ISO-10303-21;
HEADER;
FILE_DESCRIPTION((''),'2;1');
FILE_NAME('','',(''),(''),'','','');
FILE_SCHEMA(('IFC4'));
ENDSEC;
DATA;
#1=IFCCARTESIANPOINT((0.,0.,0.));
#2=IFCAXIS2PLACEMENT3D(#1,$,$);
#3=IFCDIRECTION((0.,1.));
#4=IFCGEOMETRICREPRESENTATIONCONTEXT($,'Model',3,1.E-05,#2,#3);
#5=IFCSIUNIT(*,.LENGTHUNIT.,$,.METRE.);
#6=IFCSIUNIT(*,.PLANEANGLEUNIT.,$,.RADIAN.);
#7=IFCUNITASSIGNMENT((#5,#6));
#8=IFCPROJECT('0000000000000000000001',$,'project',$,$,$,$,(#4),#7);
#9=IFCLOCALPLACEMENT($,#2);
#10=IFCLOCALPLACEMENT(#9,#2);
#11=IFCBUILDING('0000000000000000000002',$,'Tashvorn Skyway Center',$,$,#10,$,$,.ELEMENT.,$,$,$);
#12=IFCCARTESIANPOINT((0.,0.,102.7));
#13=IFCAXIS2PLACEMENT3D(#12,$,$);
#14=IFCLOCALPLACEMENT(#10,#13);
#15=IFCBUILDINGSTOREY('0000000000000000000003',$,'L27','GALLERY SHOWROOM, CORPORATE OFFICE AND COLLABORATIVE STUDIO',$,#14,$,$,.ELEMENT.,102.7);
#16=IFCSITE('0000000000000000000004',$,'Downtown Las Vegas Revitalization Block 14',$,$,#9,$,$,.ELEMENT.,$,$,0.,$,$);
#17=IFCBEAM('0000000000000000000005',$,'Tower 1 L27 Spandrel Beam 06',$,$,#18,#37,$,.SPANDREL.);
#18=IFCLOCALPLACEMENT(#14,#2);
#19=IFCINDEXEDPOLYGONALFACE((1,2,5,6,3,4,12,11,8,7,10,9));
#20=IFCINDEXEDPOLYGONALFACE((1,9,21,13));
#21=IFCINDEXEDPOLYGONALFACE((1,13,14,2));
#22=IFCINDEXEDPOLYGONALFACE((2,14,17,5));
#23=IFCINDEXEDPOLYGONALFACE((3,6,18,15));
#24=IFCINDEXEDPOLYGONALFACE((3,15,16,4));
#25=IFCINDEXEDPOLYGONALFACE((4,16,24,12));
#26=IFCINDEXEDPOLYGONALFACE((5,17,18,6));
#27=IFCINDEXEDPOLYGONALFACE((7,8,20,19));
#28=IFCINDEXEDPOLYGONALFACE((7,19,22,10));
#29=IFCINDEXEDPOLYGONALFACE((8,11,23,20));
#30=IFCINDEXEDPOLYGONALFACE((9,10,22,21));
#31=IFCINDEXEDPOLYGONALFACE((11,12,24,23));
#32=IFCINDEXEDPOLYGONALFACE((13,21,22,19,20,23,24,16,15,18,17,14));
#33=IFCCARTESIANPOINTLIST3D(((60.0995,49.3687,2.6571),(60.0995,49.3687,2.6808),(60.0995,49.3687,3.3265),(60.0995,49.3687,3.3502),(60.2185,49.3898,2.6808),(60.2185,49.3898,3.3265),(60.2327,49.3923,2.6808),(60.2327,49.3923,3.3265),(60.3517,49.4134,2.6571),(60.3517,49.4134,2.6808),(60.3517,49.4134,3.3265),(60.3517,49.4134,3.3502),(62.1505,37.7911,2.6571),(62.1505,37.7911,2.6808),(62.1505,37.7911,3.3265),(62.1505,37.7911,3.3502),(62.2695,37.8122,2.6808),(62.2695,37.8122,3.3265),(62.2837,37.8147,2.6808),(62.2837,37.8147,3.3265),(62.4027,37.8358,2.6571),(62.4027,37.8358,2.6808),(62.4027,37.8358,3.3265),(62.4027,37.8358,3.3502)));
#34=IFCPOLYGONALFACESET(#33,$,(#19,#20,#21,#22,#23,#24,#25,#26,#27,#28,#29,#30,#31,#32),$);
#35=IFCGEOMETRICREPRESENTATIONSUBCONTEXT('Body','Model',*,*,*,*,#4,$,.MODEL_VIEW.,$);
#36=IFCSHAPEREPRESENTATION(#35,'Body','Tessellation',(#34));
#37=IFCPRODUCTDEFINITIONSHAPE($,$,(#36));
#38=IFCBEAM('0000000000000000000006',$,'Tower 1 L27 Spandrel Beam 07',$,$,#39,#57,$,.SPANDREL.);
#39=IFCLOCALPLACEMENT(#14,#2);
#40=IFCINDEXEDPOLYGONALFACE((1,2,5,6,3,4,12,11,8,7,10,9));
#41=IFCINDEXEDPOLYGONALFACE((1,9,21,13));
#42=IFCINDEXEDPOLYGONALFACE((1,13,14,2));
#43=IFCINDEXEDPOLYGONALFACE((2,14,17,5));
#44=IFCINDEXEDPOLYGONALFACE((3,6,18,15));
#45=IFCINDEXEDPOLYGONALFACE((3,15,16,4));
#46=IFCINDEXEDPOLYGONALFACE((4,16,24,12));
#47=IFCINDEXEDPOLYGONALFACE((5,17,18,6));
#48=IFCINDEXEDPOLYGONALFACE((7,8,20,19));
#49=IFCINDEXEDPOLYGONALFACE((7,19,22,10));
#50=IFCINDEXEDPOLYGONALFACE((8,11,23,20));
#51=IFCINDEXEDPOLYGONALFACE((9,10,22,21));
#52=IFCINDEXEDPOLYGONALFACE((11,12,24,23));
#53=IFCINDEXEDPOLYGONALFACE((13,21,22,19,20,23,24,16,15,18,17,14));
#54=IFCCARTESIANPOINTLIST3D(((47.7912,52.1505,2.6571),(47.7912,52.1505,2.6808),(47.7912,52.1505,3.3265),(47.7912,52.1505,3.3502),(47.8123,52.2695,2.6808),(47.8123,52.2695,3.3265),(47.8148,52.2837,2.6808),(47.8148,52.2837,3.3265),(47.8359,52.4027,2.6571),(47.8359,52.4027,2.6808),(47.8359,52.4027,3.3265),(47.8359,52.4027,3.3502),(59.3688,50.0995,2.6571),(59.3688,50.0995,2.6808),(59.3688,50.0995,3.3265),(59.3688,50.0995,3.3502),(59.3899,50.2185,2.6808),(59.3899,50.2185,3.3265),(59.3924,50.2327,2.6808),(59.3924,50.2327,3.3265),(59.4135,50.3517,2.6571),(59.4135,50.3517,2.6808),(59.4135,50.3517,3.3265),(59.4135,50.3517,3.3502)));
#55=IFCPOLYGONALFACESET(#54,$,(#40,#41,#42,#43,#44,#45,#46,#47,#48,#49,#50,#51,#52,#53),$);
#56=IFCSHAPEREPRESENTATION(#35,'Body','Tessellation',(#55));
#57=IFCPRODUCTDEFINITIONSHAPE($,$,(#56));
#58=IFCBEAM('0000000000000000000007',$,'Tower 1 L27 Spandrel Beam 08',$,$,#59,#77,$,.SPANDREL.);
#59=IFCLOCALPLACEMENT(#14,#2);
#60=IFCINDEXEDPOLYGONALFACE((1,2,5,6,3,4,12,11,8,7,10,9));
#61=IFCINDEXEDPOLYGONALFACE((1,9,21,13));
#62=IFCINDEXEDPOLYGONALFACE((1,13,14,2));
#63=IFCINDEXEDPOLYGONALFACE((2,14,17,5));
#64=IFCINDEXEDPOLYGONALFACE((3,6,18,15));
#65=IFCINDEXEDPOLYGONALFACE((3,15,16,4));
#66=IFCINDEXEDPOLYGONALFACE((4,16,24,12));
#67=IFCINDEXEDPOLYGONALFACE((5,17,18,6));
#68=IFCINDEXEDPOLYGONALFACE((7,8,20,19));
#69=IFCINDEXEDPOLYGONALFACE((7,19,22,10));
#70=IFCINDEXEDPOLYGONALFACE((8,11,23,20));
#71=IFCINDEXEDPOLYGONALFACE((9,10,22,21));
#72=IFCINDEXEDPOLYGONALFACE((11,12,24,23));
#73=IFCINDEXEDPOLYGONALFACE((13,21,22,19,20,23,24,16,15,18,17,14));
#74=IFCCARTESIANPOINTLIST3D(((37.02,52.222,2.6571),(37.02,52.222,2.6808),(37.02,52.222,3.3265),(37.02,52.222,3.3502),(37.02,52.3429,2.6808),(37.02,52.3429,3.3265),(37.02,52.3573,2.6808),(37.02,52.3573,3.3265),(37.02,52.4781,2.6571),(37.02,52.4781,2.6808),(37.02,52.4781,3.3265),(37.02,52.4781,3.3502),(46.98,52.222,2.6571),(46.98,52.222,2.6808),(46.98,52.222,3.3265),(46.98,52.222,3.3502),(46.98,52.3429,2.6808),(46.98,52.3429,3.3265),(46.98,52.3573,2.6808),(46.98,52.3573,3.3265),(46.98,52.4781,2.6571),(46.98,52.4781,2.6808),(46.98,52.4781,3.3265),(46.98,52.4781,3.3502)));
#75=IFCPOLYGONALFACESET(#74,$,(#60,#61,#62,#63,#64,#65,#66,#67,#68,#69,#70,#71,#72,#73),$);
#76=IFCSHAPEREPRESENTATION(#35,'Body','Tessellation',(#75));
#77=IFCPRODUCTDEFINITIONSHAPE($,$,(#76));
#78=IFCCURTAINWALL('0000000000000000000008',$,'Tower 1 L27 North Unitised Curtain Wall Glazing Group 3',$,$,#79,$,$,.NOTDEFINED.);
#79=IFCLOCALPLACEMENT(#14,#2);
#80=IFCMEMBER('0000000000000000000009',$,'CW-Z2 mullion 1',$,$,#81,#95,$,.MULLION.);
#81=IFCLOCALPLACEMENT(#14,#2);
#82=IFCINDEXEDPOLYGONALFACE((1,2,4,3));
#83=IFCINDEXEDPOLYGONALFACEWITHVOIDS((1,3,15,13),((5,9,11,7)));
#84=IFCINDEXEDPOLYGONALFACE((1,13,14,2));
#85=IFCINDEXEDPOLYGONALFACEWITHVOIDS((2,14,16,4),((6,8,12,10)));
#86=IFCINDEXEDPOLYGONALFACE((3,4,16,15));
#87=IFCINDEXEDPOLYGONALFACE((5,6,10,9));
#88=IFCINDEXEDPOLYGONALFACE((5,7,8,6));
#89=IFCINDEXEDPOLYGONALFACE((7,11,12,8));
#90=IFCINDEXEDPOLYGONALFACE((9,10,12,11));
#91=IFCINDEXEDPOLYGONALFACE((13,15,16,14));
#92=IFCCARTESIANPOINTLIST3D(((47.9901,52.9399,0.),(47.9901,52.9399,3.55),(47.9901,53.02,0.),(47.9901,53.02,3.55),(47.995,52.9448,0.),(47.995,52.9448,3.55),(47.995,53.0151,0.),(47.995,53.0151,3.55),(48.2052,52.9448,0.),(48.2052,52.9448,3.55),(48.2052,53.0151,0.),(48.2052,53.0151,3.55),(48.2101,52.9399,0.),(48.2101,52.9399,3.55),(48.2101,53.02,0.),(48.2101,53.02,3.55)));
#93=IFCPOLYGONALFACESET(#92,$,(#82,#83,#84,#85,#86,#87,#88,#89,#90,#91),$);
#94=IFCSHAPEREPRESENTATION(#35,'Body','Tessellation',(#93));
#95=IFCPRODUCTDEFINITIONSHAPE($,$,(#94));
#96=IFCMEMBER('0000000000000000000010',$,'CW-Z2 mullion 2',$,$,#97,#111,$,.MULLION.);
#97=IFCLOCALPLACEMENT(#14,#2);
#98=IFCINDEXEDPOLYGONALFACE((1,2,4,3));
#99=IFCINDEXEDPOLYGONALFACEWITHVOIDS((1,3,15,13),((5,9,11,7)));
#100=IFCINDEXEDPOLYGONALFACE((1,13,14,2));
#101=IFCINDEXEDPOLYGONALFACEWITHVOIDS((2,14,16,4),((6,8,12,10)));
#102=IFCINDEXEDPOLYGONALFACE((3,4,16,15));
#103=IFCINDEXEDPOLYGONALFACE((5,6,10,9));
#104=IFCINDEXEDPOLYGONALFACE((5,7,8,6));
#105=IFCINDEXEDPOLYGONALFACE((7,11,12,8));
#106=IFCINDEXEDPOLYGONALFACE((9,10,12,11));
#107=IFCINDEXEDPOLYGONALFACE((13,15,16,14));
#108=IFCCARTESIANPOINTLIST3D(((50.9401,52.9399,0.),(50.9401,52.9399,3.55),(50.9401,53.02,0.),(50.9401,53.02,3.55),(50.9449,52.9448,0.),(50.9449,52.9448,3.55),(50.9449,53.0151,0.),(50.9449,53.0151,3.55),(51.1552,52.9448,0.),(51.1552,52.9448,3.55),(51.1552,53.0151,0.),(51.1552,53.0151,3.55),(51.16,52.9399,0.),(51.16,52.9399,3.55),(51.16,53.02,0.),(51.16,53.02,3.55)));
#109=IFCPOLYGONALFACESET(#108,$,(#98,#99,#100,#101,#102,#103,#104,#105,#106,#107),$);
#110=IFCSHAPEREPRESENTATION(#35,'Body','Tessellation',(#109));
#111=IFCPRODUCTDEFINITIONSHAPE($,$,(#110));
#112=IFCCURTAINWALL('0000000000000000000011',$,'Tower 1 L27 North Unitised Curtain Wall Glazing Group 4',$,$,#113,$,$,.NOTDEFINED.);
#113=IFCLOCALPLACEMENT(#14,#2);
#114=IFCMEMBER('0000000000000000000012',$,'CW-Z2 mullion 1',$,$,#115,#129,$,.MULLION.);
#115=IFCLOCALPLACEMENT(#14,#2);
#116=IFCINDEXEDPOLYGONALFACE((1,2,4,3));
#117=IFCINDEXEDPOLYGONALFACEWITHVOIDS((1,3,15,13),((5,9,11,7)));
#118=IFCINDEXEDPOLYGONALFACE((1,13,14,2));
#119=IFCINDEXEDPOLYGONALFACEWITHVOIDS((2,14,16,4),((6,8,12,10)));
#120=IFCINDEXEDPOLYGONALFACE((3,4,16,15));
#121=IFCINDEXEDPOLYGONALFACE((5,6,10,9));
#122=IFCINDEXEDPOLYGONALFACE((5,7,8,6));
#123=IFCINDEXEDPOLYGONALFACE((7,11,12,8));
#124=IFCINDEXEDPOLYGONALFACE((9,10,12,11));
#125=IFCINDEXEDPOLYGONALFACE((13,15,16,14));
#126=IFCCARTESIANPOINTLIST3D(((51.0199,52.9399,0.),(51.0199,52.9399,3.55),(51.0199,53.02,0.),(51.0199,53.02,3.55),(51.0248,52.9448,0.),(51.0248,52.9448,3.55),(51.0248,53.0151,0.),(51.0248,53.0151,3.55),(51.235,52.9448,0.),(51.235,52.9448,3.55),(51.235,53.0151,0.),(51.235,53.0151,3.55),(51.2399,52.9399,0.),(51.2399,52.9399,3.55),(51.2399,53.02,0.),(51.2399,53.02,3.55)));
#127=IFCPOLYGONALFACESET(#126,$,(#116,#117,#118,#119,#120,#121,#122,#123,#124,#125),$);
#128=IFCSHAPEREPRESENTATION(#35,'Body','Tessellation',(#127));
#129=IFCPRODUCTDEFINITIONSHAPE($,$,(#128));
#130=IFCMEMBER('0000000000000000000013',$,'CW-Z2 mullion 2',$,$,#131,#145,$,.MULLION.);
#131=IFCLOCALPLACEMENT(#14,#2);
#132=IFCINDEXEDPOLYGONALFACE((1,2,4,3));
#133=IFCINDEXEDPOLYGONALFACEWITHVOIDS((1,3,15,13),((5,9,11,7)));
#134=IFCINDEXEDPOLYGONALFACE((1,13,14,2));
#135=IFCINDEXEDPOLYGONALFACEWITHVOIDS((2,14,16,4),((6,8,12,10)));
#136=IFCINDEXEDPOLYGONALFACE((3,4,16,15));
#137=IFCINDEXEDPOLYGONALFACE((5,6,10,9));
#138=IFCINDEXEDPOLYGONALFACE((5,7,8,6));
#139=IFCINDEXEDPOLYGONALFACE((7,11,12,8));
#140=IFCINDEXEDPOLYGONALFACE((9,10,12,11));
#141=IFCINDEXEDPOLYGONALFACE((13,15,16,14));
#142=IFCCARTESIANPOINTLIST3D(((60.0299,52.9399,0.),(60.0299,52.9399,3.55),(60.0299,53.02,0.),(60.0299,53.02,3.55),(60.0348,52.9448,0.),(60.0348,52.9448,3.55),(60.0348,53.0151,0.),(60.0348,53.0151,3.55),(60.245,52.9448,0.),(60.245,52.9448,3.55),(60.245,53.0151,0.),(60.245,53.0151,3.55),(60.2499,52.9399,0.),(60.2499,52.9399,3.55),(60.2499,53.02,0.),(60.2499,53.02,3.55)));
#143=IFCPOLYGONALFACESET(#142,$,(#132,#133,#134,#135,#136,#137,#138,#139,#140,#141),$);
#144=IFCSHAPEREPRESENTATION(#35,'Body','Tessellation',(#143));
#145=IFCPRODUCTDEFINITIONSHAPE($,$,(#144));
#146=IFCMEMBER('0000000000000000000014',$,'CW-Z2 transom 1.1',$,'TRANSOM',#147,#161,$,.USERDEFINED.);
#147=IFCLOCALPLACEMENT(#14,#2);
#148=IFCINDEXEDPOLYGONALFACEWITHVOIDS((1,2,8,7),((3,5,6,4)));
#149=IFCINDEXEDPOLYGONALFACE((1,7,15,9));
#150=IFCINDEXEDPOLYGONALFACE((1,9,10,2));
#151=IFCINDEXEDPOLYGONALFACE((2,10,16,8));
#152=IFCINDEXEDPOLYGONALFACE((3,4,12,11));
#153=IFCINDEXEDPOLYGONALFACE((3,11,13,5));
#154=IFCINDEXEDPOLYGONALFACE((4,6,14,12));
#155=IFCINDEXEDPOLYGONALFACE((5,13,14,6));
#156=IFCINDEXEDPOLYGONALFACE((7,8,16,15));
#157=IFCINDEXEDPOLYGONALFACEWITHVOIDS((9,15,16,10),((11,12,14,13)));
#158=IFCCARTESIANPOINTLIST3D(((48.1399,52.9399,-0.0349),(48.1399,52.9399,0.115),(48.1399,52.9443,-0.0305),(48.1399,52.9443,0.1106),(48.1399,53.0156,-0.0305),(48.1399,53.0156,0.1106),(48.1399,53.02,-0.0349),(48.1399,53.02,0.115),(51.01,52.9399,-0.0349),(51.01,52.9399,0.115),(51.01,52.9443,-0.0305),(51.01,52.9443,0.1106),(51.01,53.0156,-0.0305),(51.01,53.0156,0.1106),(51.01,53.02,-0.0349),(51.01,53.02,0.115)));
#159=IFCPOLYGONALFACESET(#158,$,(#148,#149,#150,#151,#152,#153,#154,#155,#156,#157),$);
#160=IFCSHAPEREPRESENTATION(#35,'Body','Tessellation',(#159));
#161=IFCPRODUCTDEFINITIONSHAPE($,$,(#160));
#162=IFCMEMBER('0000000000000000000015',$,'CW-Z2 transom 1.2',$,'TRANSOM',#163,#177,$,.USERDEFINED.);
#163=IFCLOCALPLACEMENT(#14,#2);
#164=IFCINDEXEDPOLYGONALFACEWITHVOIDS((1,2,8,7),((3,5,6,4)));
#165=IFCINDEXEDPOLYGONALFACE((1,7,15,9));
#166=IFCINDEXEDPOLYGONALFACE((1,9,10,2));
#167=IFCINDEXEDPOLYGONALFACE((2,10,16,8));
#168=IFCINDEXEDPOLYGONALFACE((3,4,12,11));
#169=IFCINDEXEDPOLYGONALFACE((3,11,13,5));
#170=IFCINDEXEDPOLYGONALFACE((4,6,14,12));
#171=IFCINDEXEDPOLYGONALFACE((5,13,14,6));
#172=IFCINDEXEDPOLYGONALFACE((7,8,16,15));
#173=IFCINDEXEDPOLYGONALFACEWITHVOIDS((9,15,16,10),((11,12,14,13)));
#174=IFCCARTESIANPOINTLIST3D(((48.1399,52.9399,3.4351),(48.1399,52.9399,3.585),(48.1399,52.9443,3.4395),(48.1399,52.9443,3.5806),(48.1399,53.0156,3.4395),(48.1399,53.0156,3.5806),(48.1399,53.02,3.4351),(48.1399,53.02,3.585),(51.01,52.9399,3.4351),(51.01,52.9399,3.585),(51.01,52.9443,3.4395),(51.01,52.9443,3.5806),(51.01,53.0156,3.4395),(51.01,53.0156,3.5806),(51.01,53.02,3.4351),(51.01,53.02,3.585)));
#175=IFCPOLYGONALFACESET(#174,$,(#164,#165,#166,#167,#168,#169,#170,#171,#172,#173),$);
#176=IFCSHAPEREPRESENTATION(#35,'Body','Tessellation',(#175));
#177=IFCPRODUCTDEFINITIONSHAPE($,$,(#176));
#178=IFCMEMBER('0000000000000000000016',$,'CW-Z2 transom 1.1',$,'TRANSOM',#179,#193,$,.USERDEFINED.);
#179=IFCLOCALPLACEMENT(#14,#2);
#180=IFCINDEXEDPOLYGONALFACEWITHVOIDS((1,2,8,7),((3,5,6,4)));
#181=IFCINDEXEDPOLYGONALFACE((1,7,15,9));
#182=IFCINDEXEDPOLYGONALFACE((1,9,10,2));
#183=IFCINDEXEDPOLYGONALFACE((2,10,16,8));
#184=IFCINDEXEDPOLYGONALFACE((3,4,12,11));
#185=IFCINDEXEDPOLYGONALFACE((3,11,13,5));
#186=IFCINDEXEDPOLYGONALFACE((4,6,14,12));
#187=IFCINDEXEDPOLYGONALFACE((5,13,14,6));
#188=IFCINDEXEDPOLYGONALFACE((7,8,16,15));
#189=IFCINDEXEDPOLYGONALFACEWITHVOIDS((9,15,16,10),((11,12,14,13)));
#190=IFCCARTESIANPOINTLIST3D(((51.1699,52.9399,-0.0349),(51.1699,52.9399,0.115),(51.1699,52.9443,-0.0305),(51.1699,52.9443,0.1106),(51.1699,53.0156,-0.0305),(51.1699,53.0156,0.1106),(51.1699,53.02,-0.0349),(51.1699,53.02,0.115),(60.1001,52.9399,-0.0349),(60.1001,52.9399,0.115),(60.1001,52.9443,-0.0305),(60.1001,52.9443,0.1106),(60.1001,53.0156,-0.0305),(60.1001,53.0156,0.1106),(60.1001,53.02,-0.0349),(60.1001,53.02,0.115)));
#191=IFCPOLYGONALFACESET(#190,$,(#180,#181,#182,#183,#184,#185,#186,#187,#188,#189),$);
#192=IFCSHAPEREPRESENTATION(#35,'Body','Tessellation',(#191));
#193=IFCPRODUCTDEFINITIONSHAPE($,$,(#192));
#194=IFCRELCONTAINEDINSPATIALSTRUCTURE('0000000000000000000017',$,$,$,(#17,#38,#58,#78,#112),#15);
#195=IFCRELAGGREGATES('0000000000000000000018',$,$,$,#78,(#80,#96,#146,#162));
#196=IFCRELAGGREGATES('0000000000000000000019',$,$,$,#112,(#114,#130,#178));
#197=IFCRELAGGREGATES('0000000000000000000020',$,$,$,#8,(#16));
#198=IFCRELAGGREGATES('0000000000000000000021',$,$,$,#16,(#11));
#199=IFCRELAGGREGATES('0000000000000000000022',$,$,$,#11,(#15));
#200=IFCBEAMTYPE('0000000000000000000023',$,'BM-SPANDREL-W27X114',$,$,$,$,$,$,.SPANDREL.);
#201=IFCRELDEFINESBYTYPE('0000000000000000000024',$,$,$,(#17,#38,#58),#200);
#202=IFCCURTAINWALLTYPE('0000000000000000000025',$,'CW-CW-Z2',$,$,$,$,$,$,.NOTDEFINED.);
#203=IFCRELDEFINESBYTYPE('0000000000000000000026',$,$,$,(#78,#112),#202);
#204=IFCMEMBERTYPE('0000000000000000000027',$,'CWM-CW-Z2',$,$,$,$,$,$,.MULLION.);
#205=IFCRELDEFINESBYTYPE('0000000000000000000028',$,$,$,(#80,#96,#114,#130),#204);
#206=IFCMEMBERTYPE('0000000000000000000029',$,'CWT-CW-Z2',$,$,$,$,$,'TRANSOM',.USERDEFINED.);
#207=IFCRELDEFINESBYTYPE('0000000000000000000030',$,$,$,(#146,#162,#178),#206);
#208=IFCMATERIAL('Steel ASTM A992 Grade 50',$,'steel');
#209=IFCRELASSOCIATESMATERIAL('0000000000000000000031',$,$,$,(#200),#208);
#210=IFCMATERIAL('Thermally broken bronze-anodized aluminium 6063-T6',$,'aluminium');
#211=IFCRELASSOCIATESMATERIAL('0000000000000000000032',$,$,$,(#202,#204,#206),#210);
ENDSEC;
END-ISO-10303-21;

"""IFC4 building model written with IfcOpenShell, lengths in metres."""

from ifc_helpers import new_model, si_unit, direction, frame, origin, origin_2d, place, context, subcontext, project, spatial, hollow_rectangle, i_section, extrude, material, material_profile, profile_set, type_object, element, aggregate, save


model = new_model("IFC4")

# Units and contexts
model_context = context("Model", 3, precision=1e-05, world=origin(), true_north=direction((0.0, 1.0)))
body_context = subcontext(model_context, "Body", "Model", "MODEL_VIEW")
ifc_project = project(units=[si_unit("LENGTHUNIT", "METRE"), si_unit("PLANEANGLEUNIT", "RADIAN")], contexts=[model_context])

# Site, building, storey
site_placement = place(None, origin())
site = spatial("IfcSite", under=ifc_project, at=site_placement, Name="Downtown Las Vegas Revitalization Block 14", CompositionType="ELEMENT", RefElevation=0.0)
building_placement = place(site_placement, origin())
building = spatial("IfcBuilding", under=site, at=building_placement, Name="Tashvorn Skyway Center", CompositionType="ELEMENT")
storey_placement = place(building_placement, frame((0.0, 0.0, 102.7)))
storey = spatial("IfcBuildingStorey", under=building, at=storey_placement, Name="L27", Description="GALLERY SHOWROOM, CORPORATE OFFICE AND COLLABORATIVE STUDIO", CompositionType="ELEMENT", Elevation=102.7)

# Beams
ifc_material_1 = material(Name="Steel ASTM A992 Grade 50", Category="steel")
ifc_material_profile_1 = material_profile(ifc_material_1, i_section(OverallWidth=0.2561, OverallDepth=0.6931, WebThickness=0.0144, FlangeThickness=0.0237, at=origin_2d()), Name="W27X114")
ifc_profile_set_1 = profile_set([ifc_material_profile_1], Name="Steel ASTM A992 Grade 50")
beam_type_1 = type_object("IfcBeamType", Name="BM-SPANDREL-W27X114", PredefinedType="SPANDREL", material=ifc_profile_set_1)
for number, where, z_axis, x_axis, name in (
    (1, (62.2766, 37.8135, 3.0037), (-0.174438, 0.984668, 0.0), (-0.984668, -0.174438, 0.0), "Tower 1 L27 Spandrel Beam 06"),
    (2, (59.3911, 50.2256, 3.0037), (-0.984668, 0.174438, 0.0), (-0.174438, -0.984668, 0.0), "Tower 1 L27 Spandrel Beam 07"),
):
    element("IfcBeam", number, at=place(storey_placement, frame(where, z_axis=z_axis, x_axis=x_axis)), inside=storey, type_object=beam_type_1, Name=name, PredefinedType="SPANDREL", context=body_context, shape_type="SweptSolid", body=[
        extrude(i_section(OverallWidth=0.2561, OverallDepth=0.6931, WebThickness=0.0144, FlangeThickness=0.0237, at=origin_2d()), origin(), (0.0, 0.0, 1.0), 11.7578),
    ])
beam_1_placement = place(storey_placement, frame((46.98, 52.3501, 3.0037), z_axis=(-1.0, 0.0, 0.0), x_axis=(0.0, -1.0, 0.0)))
element("IfcBeam", 3, at=beam_1_placement, inside=storey, type_object=beam_type_1, Name="Tower 1 L27 Spandrel Beam 08", PredefinedType="SPANDREL", context=body_context, shape_type="SweptSolid", body=[
    extrude(i_section(OverallWidth=0.2561, OverallDepth=0.6931, WebThickness=0.0144, FlangeThickness=0.0237, at=origin_2d()), origin(), (0.0, 0.0, 1.0), 9.96),
])

# Curtain walls, members
ifc_material_2 = material(Name="Thermally broken bronze-anodized aluminium 6063-T6", Category="aluminium")
curtain_wall_type = type_object("IfcCurtainWallType", Name="CW-CW-Z2", PredefinedType="NOTDEFINED", material=ifc_material_2)
curtain_wall_1_placement = place(storey_placement, origin())
curtain_wall_1 = element("IfcCurtainWall", 4, at=curtain_wall_1_placement, inside=storey, type_object=curtain_wall_type, Name="Tower 1 L27 North Unitised Curtain Wall Glazing Group 3", PredefinedType="NOTDEFINED")
ifc_material_profile_2 = material_profile(ifc_material_2, hollow_rectangle(XDim=0.0801, YDim=0.22, WallThickness=0.0049, at=origin_2d()), Name="ALU-MULL-80x220")
ifc_profile_set_2 = profile_set([ifc_material_profile_2], Name="Thermally broken bronze-anodized aluminium 6063-T6")
member_type_1 = type_object("IfcMemberType", Name="CWM-CW-Z2", PredefinedType="MULLION", material=ifc_profile_set_2)
member_1_placement = place(storey_placement, frame((48.1001, 52.98, 0.0), z_axis=(0.0, 0.0, 1.0), x_axis=(0.0, 1.0, 0.0)))
member_1 = element("IfcMember", 5, at=member_1_placement, type_object=member_type_1, Name="CW-Z2 mullion 1", PredefinedType="MULLION", context=body_context, shape_type="SweptSolid", body=[
    extrude(hollow_rectangle(XDim=0.0801, YDim=0.22, WallThickness=0.0049, at=origin_2d()), origin(), (0.0, 0.0, 1.0), 3.55),
])
member_2_placement = place(storey_placement, frame((51.05, 52.98, 0.0), z_axis=(0.0, 0.0, 1.0), x_axis=(0.0, 1.0, 0.0)))
member_2 = element("IfcMember", 6, at=member_2_placement, type_object=member_type_1, Name="CW-Z2 mullion 2", PredefinedType="MULLION", context=body_context, shape_type="SweptSolid", body=[
    extrude(hollow_rectangle(XDim=0.0801, YDim=0.22, WallThickness=0.0049, at=origin_2d()), origin(), (0.0, 0.0, 1.0), 3.55),
])
curtain_wall_2_placement = place(storey_placement, origin())
curtain_wall_2 = element("IfcCurtainWall", 7, at=curtain_wall_2_placement, inside=storey, type_object=curtain_wall_type, Name="Tower 1 L27 North Unitised Curtain Wall Glazing Group 4", PredefinedType="NOTDEFINED")
member_3_placement = place(storey_placement, frame((51.1299, 52.98, 0.0), z_axis=(0.0, 0.0, 1.0), x_axis=(0.0, 1.0, 0.0)))
member_3 = element("IfcMember", 8, at=member_3_placement, type_object=member_type_1, Name="CW-Z2 mullion 1", PredefinedType="MULLION", context=body_context, shape_type="SweptSolid", body=[
    extrude(hollow_rectangle(XDim=0.0801, YDim=0.22, WallThickness=0.0049, at=origin_2d()), origin(), (0.0, 0.0, 1.0), 3.55),
])
member_4_placement = place(storey_placement, frame((60.1399, 52.98, 0.0), z_axis=(0.0, 0.0, 1.0), x_axis=(0.0, 1.0, 0.0)))
member_4 = element("IfcMember", 9, at=member_4_placement, type_object=member_type_1, Name="CW-Z2 mullion 2", PredefinedType="MULLION", context=body_context, shape_type="SweptSolid", body=[
    extrude(hollow_rectangle(XDim=0.0801, YDim=0.22, WallThickness=0.0049, at=origin_2d()), origin(), (0.0, 0.0, 1.0), 3.55),
])

# Members
ifc_material_profile_3 = material_profile(ifc_material_2, hollow_rectangle(XDim=0.0801, YDim=0.1499, WallThickness=0.0044, at=origin_2d()), Name="ALU-TRAN-80x150")
ifc_profile_set_3 = profile_set([ifc_material_profile_3], Name="Thermally broken bronze-anodized aluminium 6063-T6")
member_type_2 = type_object("IfcMemberType", Name="CWT-CW-Z2", ElementType="TRANSOM", PredefinedType="USERDEFINED", material=ifc_profile_set_3)
member_5_placement = place(storey_placement, frame((48.1399, 52.98, 0.04), z_axis=(1.0, 0.0, 0.0), x_axis=(0.0, 1.0, 0.0)))
member_5 = element("IfcMember", 10, at=member_5_placement, type_object=member_type_2, Name="CW-Z2 transom 1.1", ObjectType="TRANSOM", PredefinedType="USERDEFINED", context=body_context, shape_type="SweptSolid", body=[
    extrude(hollow_rectangle(XDim=0.0801, YDim=0.1499, WallThickness=0.0044, at=origin_2d()), origin(), (0.0, 0.0, 1.0), 2.8701),
])
member_6_placement = place(storey_placement, frame((48.1399, 52.98, 3.51), z_axis=(1.0, 0.0, 0.0), x_axis=(0.0, 1.0, 0.0)))
member_6 = element("IfcMember", 11, at=member_6_placement, type_object=member_type_2, Name="CW-Z2 transom 1.2", ObjectType="TRANSOM", PredefinedType="USERDEFINED", context=body_context, shape_type="SweptSolid", body=[
    extrude(hollow_rectangle(XDim=0.0801, YDim=0.1499, WallThickness=0.0044, at=origin_2d()), origin(), (0.0, 0.0, 1.0), 2.8701),
])
member_7_placement = place(storey_placement, frame((51.1699, 52.98, 0.04), z_axis=(1.0, 0.0, 0.0), x_axis=(0.0, 1.0, 0.0)))
member_7 = element("IfcMember", 12, at=member_7_placement, type_object=member_type_2, Name="CW-Z2 transom 1.1", ObjectType="TRANSOM", PredefinedType="USERDEFINED", context=body_context, shape_type="SweptSolid", body=[
    extrude(hollow_rectangle(XDim=0.0801, YDim=0.1499, WallThickness=0.0044, at=origin_2d()), origin(), (0.0, 0.0, 1.0), 8.9302),
])

aggregate(curtain_wall_1, [member_1, member_2, member_5, member_6])
aggregate(curtain_wall_2, [member_3, member_4, member_7])

save(model, "model.ifc")
